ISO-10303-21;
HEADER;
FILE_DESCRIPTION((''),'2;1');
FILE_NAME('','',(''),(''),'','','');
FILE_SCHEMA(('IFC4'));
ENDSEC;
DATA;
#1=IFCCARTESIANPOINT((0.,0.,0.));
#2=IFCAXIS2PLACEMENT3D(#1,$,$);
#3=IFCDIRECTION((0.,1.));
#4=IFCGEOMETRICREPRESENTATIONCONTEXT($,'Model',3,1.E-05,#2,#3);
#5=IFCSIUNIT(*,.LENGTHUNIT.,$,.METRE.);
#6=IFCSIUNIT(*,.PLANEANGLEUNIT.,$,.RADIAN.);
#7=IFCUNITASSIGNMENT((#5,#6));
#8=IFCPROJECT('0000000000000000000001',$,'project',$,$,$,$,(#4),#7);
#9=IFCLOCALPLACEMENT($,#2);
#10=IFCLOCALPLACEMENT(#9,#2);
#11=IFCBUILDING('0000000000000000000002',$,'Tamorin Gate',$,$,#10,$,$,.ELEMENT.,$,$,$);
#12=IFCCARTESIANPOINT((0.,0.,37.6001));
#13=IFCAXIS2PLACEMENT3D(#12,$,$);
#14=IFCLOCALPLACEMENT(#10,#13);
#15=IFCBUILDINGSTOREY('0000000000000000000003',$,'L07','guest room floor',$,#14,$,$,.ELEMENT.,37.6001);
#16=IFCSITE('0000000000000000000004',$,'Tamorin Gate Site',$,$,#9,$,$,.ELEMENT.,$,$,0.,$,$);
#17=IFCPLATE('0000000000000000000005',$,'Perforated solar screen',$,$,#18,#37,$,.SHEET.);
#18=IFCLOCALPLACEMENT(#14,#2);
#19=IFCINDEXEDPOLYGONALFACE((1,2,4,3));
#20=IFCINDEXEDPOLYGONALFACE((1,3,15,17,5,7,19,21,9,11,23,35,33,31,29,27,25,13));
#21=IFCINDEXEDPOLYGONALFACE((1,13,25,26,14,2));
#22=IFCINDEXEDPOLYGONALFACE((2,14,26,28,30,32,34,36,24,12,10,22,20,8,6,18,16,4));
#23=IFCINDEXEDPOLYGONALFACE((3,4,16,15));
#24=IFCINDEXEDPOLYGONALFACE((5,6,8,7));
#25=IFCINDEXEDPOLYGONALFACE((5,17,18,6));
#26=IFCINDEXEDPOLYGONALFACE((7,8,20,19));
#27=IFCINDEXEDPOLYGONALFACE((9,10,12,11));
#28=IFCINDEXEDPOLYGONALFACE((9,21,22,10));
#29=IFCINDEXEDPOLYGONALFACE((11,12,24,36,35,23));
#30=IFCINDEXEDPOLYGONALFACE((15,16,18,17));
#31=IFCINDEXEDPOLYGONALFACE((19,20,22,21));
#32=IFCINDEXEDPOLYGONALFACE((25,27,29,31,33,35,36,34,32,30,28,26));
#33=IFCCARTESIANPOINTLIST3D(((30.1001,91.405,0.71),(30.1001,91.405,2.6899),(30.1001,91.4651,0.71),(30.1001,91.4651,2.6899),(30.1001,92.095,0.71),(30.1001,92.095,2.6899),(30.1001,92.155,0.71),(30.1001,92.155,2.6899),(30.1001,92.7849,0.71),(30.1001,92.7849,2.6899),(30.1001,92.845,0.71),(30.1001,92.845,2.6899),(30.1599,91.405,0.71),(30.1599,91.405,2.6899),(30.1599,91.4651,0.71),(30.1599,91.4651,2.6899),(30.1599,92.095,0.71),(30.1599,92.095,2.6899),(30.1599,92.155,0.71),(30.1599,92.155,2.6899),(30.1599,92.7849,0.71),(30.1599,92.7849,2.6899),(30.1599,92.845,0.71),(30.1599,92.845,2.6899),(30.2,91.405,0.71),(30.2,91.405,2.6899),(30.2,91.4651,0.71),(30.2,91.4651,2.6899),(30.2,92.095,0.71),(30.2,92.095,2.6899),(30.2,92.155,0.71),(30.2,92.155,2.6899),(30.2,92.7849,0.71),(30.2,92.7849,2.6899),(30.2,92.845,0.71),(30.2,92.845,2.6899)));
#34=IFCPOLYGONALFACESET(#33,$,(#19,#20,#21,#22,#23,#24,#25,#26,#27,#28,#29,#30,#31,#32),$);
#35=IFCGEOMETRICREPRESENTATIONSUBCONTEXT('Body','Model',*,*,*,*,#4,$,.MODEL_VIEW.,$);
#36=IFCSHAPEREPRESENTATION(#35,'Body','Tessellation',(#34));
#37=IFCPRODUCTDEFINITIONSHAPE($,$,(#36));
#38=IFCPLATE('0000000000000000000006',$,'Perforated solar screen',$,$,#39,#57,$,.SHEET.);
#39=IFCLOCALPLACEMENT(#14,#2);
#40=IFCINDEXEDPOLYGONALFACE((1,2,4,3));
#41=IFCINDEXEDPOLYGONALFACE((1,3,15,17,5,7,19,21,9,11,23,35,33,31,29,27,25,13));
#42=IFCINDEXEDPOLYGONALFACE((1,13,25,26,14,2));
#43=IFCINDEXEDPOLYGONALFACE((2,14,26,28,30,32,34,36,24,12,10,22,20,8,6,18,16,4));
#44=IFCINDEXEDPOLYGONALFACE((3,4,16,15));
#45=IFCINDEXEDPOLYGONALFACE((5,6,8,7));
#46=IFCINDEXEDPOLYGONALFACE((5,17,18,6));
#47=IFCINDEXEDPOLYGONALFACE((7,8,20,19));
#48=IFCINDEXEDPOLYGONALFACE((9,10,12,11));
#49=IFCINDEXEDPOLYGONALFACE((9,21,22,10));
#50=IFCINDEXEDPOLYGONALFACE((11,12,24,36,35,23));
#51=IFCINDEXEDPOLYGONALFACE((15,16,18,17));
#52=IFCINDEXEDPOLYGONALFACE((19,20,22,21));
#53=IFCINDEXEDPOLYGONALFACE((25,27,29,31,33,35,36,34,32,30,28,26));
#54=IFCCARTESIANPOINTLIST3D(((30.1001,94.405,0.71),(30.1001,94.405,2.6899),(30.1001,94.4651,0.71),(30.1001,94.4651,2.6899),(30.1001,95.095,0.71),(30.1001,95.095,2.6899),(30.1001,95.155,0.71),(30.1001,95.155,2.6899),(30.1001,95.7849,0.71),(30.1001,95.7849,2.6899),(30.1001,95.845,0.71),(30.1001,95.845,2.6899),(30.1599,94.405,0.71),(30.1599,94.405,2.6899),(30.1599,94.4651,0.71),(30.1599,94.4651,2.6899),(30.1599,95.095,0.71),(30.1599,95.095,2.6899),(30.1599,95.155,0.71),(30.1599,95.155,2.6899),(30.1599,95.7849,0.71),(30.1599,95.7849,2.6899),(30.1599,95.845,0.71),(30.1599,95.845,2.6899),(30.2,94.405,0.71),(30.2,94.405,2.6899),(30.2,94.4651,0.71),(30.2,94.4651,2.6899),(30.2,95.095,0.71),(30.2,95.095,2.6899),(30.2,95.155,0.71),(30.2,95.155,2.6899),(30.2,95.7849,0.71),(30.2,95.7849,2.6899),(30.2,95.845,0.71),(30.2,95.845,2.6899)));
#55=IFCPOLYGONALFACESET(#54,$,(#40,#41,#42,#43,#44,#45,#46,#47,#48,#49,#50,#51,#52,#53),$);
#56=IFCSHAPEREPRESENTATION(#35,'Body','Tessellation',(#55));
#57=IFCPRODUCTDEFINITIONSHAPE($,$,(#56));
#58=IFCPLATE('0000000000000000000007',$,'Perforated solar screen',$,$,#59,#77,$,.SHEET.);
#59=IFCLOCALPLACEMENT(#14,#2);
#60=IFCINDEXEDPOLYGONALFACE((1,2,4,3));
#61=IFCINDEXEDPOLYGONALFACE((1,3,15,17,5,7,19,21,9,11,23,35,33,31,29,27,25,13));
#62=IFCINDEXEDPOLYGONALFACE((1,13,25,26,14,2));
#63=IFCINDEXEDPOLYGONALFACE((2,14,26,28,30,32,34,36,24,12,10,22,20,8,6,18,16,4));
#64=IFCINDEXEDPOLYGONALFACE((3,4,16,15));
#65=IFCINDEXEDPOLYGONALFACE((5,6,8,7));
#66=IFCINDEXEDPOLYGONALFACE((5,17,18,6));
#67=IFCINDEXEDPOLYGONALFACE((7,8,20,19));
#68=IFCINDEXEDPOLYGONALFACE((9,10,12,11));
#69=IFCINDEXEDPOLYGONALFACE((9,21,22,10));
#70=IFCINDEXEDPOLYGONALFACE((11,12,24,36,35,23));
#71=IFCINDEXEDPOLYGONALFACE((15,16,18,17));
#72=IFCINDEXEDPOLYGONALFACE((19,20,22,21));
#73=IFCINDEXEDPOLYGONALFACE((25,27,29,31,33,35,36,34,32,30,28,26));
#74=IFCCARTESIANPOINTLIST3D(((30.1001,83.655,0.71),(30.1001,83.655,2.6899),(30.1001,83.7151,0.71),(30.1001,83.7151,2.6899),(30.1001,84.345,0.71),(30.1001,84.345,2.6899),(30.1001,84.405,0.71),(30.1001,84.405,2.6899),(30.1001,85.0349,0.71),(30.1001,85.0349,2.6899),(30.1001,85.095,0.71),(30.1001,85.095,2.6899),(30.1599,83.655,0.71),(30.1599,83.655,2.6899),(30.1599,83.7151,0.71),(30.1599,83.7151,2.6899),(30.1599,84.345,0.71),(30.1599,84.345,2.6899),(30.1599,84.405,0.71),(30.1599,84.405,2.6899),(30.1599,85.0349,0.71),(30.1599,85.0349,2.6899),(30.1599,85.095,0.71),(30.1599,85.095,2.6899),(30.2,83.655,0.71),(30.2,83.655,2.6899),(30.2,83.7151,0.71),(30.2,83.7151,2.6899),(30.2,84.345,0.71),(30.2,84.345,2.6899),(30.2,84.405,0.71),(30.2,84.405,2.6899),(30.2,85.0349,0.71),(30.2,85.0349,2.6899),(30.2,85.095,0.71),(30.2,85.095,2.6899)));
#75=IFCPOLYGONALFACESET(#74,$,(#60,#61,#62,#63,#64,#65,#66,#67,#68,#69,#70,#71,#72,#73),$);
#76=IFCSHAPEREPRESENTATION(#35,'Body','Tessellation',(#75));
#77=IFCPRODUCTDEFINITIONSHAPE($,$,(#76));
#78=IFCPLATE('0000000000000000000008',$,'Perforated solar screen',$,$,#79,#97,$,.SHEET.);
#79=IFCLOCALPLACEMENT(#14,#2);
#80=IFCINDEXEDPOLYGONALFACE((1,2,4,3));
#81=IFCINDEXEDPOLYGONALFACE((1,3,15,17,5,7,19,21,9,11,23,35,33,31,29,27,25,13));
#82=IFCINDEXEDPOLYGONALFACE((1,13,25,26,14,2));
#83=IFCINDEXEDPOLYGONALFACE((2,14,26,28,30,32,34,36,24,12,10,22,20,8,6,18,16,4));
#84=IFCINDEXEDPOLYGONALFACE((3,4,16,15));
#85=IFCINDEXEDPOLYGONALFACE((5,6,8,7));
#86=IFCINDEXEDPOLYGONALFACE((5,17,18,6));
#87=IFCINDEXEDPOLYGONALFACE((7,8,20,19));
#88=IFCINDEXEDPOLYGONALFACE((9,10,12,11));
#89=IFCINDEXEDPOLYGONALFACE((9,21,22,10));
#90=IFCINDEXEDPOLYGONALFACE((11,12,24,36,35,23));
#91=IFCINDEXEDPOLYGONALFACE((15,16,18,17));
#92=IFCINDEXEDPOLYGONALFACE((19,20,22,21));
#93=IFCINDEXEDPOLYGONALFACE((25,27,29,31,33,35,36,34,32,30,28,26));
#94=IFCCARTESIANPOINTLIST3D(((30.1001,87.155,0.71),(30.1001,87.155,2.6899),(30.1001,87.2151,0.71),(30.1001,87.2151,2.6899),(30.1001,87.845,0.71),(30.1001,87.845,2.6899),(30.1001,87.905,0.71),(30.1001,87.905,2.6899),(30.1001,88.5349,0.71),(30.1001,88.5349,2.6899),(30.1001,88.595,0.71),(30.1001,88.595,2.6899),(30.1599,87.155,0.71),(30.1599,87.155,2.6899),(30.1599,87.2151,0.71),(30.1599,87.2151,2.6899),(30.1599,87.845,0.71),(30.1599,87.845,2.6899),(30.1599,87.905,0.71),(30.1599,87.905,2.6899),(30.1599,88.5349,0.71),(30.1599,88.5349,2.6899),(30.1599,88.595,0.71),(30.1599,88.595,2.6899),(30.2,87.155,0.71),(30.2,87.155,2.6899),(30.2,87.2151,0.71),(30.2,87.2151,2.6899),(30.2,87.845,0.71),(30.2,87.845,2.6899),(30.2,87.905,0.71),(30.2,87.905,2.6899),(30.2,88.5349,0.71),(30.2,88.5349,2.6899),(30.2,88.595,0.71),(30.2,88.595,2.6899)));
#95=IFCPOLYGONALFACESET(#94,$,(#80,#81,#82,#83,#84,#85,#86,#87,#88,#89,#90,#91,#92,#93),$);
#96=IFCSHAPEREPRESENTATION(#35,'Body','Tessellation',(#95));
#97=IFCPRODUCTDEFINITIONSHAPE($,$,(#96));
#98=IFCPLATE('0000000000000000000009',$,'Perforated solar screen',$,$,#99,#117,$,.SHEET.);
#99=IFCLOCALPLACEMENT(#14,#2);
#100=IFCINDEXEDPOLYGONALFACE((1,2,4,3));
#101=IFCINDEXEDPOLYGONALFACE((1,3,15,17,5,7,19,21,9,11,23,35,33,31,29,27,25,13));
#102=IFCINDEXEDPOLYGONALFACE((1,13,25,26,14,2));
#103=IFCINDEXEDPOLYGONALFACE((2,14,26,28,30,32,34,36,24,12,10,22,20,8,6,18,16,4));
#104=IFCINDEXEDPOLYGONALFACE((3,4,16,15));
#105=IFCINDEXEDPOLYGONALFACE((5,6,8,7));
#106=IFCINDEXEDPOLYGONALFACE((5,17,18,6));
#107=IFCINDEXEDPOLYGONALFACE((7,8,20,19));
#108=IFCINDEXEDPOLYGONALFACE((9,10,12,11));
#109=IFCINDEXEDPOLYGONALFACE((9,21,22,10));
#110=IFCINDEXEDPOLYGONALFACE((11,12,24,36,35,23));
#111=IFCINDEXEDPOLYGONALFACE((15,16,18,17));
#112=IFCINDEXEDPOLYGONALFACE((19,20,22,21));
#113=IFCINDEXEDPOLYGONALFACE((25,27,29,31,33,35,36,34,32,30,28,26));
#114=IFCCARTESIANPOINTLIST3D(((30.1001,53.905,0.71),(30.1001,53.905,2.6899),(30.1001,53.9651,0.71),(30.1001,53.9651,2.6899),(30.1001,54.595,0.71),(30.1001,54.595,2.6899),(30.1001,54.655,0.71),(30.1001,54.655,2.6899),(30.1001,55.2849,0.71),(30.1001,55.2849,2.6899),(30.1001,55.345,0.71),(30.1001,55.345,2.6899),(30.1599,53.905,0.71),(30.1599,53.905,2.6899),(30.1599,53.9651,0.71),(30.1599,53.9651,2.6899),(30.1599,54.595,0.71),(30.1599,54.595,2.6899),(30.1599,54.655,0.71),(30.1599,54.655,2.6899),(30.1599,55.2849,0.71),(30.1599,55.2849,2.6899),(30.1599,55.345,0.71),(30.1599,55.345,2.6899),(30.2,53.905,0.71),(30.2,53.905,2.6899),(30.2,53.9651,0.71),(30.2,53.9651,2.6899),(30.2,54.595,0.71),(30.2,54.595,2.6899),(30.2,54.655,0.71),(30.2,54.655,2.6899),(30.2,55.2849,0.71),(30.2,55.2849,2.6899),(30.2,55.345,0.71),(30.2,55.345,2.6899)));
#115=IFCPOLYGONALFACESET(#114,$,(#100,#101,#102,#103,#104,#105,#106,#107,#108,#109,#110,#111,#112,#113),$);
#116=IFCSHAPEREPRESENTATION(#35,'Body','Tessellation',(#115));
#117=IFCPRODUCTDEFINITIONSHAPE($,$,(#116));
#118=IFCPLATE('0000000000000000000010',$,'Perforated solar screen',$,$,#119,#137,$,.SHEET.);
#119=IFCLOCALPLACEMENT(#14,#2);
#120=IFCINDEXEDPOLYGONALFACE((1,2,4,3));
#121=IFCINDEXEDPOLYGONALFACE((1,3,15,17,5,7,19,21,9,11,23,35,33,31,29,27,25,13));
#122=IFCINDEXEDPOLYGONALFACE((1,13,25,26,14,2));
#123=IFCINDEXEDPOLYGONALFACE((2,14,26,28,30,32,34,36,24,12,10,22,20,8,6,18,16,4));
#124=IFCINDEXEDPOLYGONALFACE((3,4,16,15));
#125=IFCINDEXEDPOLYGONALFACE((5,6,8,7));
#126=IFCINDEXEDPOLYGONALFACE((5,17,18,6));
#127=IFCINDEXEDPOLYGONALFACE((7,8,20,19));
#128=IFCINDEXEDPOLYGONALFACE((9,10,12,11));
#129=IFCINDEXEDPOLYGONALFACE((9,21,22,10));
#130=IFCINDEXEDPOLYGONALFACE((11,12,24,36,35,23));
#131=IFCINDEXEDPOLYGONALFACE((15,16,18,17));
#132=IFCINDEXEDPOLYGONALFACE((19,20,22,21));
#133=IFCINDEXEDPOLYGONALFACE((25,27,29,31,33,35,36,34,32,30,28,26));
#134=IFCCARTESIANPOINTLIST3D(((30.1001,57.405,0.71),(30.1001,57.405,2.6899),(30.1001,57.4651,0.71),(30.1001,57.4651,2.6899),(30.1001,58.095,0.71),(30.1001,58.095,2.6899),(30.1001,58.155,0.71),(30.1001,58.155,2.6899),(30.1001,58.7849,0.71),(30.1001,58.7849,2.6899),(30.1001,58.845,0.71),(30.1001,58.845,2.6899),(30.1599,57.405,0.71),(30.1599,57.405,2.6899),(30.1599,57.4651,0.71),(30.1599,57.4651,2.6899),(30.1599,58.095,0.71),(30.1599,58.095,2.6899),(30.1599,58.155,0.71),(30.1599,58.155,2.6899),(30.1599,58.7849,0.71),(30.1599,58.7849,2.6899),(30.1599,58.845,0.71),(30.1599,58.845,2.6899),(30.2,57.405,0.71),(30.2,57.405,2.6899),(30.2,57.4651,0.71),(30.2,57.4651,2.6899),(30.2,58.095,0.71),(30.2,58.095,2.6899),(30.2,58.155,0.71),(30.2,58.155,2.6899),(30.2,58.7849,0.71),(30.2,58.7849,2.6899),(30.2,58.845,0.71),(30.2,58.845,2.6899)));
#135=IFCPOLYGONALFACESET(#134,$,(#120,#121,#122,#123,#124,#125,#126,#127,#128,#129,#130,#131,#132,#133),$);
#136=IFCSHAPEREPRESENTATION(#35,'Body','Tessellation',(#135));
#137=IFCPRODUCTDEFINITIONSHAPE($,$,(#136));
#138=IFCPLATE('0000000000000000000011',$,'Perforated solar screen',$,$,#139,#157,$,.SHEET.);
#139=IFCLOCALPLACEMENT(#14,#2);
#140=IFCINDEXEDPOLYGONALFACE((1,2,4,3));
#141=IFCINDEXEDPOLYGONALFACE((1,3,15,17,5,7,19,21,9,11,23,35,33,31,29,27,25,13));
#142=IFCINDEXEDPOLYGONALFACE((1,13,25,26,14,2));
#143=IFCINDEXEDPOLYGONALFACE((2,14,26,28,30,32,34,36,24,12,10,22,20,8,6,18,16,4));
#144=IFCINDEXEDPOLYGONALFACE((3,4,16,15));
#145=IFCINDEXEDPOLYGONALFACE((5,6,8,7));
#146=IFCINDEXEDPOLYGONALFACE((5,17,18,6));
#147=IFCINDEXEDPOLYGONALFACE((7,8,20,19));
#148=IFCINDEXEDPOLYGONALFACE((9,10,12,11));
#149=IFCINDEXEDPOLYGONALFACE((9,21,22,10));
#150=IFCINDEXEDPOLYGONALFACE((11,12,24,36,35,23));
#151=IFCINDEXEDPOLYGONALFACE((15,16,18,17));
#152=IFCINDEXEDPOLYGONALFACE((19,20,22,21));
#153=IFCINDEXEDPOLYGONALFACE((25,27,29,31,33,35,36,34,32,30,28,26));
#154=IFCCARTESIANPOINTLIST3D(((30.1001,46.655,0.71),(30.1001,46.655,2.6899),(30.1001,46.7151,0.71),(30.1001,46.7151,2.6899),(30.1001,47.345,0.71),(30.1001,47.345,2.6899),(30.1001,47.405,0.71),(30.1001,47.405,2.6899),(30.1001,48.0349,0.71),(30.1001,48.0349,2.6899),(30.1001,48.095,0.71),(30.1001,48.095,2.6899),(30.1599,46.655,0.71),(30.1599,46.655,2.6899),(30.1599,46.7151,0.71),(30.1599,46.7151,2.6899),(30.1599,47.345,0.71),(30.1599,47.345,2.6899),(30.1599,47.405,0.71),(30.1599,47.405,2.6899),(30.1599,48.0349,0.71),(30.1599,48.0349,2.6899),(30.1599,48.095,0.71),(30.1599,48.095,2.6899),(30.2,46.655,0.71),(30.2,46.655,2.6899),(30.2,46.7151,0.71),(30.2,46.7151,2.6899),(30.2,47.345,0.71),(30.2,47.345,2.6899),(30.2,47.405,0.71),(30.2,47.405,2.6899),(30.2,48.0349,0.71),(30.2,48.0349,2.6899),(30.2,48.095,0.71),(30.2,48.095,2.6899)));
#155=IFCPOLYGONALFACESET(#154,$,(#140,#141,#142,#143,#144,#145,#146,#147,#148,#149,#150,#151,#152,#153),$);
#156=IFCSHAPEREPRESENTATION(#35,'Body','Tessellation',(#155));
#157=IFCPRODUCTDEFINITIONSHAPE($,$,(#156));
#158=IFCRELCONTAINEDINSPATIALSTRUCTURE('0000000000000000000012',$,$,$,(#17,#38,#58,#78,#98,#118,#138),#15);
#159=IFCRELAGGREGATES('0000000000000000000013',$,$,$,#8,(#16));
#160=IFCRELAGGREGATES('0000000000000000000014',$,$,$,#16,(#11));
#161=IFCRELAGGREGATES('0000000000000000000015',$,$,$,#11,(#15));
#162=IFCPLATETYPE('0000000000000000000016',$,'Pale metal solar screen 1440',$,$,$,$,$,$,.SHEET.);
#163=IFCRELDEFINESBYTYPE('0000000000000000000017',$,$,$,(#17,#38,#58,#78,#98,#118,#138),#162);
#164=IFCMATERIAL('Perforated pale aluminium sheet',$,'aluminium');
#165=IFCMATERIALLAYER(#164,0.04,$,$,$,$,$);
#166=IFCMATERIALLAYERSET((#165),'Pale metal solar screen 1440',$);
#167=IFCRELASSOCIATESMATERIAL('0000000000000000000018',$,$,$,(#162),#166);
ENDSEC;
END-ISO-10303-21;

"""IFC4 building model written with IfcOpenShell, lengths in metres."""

from ifc_helpers import new_model, si_unit, direction, frame, origin, place, context, subcontext, project, spatial, polyline, outline, extrude, material, layer, layer_set, type_object, element, save


model = new_model("IFC4")

# Units and contexts
model_context = context("Model", 3, precision=1e-05, world=origin(), true_north=direction((0.0, 1.0)))
body_context = subcontext(model_context, "Body", "Model", "MODEL_VIEW")
ifc_project = project(units=[si_unit("LENGTHUNIT", "METRE"), si_unit("PLANEANGLEUNIT", "RADIAN")], contexts=[model_context])

# Site, building, storey
site_placement = place(None, origin())
site = spatial("IfcSite", under=ifc_project, at=site_placement, Name="Tamorin Gate Site", CompositionType="ELEMENT", RefElevation=0.0)
building_placement = place(site_placement, origin())
building = spatial("IfcBuilding", under=site, at=building_placement, Name="Tamorin Gate", CompositionType="ELEMENT")
storey_placement = place(building_placement, frame((0.0, 0.0, 37.6001)))
storey = spatial("IfcBuildingStorey", under=building, at=storey_placement, Name="L07", Description="guest room floor", CompositionType="ELEMENT", Elevation=37.6001)

# Plates
ifc_material_1 = material(Name="Perforated pale aluminium sheet", Category="aluminium")
ifc_layer_1 = layer(ifc_material_1, 0.04)
ifc_layer_set_1 = layer_set([ifc_layer_1], Name="Pale metal solar screen 1440")
plate_type = type_object("IfcPlateType", Name="Pale metal solar screen 1440", PredefinedType="SHEET", material=ifc_layer_set_1)
plate_1_placement = place(storey_placement, frame((0.0, 0.0, 0.71)))
element("IfcPlate", 1, at=plate_1_placement, inside=storey, type_object=plate_type, Name="Perforated solar screen", PredefinedType="SHEET", context=body_context, shape_type="SweptSolid", body=[
    extrude(outline(polyline([(30.1599, 92.845), (30.2, 92.845), (30.2, 92.7849), (30.2, 92.155), (30.2, 92.095), (30.2, 91.4651), (30.2, 91.405), (30.1599, 91.405), (30.1001, 91.405), (30.1001, 91.4651), (30.1599, 91.4651), (30.1599, 92.095), (30.1001, 92.095), (30.1001, 92.155), (30.1599, 92.155), (30.1599, 92.7849), (30.1001, 92.7849), (30.1001, 92.845), (30.1599, 92.845)])), origin(), (0.0, 0.0, 1.0), 1.98),
])
plate_2_placement = place(storey_placement, frame((0.0, 0.0, 0.71)))
element("IfcPlate", 2, at=plate_2_placement, inside=storey, type_object=plate_type, Name="Perforated solar screen", PredefinedType="SHEET", context=body_context, shape_type="SweptSolid", body=[
    extrude(outline(polyline([(30.1599, 95.845), (30.2, 95.845), (30.2, 95.7849), (30.2, 95.155), (30.2, 95.095), (30.2, 94.4651), (30.2, 94.405), (30.2, 94.405), (30.1599, 94.405), (30.1599, 94.405), (30.1001, 94.405), (30.1001, 94.4651), (30.1599, 94.4651), (30.1599, 95.095), (30.1001, 95.095), (30.1001, 95.155), (30.1599, 95.155), (30.1599, 95.7849), (30.1001, 95.7849), (30.1001, 95.845), (30.1599, 95.845)])), origin(), (0.0, 0.0, 1.0), 1.98),
])
plate_3_placement = place(storey_placement, frame((0.0, 0.0, 0.71)))
element("IfcPlate", 3, at=plate_3_placement, inside=storey, type_object=plate_type, Name="Perforated solar screen", PredefinedType="SHEET", context=body_context, shape_type="SweptSolid", body=[
    extrude(outline(polyline([(30.1599, 85.095), (30.2, 85.095), (30.2, 85.0349), (30.2, 84.405), (30.2, 84.345), (30.2, 83.7151), (30.2, 83.655), (30.1599, 83.655), (30.1001, 83.655), (30.1001, 83.7151), (30.1599, 83.7151), (30.1599, 84.345), (30.1001, 84.345), (30.1001, 84.405), (30.1599, 84.405), (30.1599, 85.0349), (30.1001, 85.0349), (30.1001, 85.095), (30.1599, 85.095)])), origin(), (0.0, 0.0, 1.0), 1.98),
])
plate_4_placement = place(storey_placement, frame((0.0, 0.0, 0.71)))
element("IfcPlate", 4, at=plate_4_placement, inside=storey, type_object=plate_type, Name="Perforated solar screen", PredefinedType="SHEET", context=body_context, shape_type="SweptSolid", body=[
    extrude(outline(polyline([(30.1599, 88.595), (30.2, 88.595), (30.2, 88.5349), (30.2, 87.905), (30.2, 87.845), (30.2, 87.2151), (30.2, 87.155), (30.1599, 87.155), (30.1001, 87.155), (30.1001, 87.2151), (30.1599, 87.2151), (30.1599, 87.845), (30.1001, 87.845), (30.1001, 87.905), (30.1599, 87.905), (30.1599, 88.5349), (30.1001, 88.5349), (30.1001, 88.595), (30.1599, 88.595)])), origin(), (0.0, 0.0, 1.0), 1.98),
])
plate_5_placement = place(storey_placement, frame((0.0, 0.0, 0.71)))
element("IfcPlate", 5, at=plate_5_placement, inside=storey, type_object=plate_type, Name="Perforated solar screen", PredefinedType="SHEET", context=body_context, shape_type="SweptSolid", body=[
    extrude(outline(polyline([(30.1599, 55.345), (30.2, 55.345), (30.2, 55.2849), (30.2, 54.655), (30.2, 54.595), (30.2, 53.9651), (30.2, 53.905), (30.1599, 53.905), (30.1001, 53.905), (30.1001, 53.9651), (30.1599, 53.9651), (30.1599, 54.595), (30.1001, 54.595), (30.1001, 54.655), (30.1599, 54.655), (30.1599, 55.2849), (30.1001, 55.2849), (30.1001, 55.345), (30.1599, 55.345)])), origin(), (0.0, 0.0, 1.0), 1.98),
])
plate_6_placement = place(storey_placement, frame((0.0, 0.0, 0.71)))
element("IfcPlate", 6, at=plate_6_placement, inside=storey, type_object=plate_type, Name="Perforated solar screen", PredefinedType="SHEET", context=body_context, shape_type="SweptSolid", body=[
    extrude(outline(polyline([(30.1599, 58.845), (30.2, 58.845), (30.2, 58.7849), (30.2, 58.155), (30.2, 58.095), (30.2, 57.4651), (30.2, 57.405), (30.1599, 57.405), (30.1001, 57.405), (30.1001, 57.4651), (30.1599, 57.4651), (30.1599, 58.095), (30.1001, 58.095), (30.1001, 58.155), (30.1599, 58.155), (30.1599, 58.7849), (30.1001, 58.7849), (30.1001, 58.845), (30.1599, 58.845)])), origin(), (0.0, 0.0, 1.0), 1.98),
])
plate_7_placement = place(storey_placement, frame((0.0, 0.0, 0.71)))
element("IfcPlate", 7, at=plate_7_placement, inside=storey, type_object=plate_type, Name="Perforated solar screen", PredefinedType="SHEET", context=body_context, shape_type="SweptSolid", body=[
    extrude(outline(polyline([(30.1599, 48.095), (30.2, 48.095), (30.2, 48.0349), (30.2, 47.405), (30.2, 47.345), (30.2, 46.7151), (30.2, 46.655), (30.1599, 46.655), (30.1001, 46.655), (30.1001, 46.7151), (30.1599, 46.7151), (30.1599, 47.345), (30.1001, 47.345), (30.1001, 47.405), (30.1599, 47.405), (30.1599, 48.0349), (30.1001, 48.0349), (30.1001, 48.095), (30.1599, 48.095)])), origin(), (0.0, 0.0, 1.0), 1.98),
])

save(model, "model.ifc")
